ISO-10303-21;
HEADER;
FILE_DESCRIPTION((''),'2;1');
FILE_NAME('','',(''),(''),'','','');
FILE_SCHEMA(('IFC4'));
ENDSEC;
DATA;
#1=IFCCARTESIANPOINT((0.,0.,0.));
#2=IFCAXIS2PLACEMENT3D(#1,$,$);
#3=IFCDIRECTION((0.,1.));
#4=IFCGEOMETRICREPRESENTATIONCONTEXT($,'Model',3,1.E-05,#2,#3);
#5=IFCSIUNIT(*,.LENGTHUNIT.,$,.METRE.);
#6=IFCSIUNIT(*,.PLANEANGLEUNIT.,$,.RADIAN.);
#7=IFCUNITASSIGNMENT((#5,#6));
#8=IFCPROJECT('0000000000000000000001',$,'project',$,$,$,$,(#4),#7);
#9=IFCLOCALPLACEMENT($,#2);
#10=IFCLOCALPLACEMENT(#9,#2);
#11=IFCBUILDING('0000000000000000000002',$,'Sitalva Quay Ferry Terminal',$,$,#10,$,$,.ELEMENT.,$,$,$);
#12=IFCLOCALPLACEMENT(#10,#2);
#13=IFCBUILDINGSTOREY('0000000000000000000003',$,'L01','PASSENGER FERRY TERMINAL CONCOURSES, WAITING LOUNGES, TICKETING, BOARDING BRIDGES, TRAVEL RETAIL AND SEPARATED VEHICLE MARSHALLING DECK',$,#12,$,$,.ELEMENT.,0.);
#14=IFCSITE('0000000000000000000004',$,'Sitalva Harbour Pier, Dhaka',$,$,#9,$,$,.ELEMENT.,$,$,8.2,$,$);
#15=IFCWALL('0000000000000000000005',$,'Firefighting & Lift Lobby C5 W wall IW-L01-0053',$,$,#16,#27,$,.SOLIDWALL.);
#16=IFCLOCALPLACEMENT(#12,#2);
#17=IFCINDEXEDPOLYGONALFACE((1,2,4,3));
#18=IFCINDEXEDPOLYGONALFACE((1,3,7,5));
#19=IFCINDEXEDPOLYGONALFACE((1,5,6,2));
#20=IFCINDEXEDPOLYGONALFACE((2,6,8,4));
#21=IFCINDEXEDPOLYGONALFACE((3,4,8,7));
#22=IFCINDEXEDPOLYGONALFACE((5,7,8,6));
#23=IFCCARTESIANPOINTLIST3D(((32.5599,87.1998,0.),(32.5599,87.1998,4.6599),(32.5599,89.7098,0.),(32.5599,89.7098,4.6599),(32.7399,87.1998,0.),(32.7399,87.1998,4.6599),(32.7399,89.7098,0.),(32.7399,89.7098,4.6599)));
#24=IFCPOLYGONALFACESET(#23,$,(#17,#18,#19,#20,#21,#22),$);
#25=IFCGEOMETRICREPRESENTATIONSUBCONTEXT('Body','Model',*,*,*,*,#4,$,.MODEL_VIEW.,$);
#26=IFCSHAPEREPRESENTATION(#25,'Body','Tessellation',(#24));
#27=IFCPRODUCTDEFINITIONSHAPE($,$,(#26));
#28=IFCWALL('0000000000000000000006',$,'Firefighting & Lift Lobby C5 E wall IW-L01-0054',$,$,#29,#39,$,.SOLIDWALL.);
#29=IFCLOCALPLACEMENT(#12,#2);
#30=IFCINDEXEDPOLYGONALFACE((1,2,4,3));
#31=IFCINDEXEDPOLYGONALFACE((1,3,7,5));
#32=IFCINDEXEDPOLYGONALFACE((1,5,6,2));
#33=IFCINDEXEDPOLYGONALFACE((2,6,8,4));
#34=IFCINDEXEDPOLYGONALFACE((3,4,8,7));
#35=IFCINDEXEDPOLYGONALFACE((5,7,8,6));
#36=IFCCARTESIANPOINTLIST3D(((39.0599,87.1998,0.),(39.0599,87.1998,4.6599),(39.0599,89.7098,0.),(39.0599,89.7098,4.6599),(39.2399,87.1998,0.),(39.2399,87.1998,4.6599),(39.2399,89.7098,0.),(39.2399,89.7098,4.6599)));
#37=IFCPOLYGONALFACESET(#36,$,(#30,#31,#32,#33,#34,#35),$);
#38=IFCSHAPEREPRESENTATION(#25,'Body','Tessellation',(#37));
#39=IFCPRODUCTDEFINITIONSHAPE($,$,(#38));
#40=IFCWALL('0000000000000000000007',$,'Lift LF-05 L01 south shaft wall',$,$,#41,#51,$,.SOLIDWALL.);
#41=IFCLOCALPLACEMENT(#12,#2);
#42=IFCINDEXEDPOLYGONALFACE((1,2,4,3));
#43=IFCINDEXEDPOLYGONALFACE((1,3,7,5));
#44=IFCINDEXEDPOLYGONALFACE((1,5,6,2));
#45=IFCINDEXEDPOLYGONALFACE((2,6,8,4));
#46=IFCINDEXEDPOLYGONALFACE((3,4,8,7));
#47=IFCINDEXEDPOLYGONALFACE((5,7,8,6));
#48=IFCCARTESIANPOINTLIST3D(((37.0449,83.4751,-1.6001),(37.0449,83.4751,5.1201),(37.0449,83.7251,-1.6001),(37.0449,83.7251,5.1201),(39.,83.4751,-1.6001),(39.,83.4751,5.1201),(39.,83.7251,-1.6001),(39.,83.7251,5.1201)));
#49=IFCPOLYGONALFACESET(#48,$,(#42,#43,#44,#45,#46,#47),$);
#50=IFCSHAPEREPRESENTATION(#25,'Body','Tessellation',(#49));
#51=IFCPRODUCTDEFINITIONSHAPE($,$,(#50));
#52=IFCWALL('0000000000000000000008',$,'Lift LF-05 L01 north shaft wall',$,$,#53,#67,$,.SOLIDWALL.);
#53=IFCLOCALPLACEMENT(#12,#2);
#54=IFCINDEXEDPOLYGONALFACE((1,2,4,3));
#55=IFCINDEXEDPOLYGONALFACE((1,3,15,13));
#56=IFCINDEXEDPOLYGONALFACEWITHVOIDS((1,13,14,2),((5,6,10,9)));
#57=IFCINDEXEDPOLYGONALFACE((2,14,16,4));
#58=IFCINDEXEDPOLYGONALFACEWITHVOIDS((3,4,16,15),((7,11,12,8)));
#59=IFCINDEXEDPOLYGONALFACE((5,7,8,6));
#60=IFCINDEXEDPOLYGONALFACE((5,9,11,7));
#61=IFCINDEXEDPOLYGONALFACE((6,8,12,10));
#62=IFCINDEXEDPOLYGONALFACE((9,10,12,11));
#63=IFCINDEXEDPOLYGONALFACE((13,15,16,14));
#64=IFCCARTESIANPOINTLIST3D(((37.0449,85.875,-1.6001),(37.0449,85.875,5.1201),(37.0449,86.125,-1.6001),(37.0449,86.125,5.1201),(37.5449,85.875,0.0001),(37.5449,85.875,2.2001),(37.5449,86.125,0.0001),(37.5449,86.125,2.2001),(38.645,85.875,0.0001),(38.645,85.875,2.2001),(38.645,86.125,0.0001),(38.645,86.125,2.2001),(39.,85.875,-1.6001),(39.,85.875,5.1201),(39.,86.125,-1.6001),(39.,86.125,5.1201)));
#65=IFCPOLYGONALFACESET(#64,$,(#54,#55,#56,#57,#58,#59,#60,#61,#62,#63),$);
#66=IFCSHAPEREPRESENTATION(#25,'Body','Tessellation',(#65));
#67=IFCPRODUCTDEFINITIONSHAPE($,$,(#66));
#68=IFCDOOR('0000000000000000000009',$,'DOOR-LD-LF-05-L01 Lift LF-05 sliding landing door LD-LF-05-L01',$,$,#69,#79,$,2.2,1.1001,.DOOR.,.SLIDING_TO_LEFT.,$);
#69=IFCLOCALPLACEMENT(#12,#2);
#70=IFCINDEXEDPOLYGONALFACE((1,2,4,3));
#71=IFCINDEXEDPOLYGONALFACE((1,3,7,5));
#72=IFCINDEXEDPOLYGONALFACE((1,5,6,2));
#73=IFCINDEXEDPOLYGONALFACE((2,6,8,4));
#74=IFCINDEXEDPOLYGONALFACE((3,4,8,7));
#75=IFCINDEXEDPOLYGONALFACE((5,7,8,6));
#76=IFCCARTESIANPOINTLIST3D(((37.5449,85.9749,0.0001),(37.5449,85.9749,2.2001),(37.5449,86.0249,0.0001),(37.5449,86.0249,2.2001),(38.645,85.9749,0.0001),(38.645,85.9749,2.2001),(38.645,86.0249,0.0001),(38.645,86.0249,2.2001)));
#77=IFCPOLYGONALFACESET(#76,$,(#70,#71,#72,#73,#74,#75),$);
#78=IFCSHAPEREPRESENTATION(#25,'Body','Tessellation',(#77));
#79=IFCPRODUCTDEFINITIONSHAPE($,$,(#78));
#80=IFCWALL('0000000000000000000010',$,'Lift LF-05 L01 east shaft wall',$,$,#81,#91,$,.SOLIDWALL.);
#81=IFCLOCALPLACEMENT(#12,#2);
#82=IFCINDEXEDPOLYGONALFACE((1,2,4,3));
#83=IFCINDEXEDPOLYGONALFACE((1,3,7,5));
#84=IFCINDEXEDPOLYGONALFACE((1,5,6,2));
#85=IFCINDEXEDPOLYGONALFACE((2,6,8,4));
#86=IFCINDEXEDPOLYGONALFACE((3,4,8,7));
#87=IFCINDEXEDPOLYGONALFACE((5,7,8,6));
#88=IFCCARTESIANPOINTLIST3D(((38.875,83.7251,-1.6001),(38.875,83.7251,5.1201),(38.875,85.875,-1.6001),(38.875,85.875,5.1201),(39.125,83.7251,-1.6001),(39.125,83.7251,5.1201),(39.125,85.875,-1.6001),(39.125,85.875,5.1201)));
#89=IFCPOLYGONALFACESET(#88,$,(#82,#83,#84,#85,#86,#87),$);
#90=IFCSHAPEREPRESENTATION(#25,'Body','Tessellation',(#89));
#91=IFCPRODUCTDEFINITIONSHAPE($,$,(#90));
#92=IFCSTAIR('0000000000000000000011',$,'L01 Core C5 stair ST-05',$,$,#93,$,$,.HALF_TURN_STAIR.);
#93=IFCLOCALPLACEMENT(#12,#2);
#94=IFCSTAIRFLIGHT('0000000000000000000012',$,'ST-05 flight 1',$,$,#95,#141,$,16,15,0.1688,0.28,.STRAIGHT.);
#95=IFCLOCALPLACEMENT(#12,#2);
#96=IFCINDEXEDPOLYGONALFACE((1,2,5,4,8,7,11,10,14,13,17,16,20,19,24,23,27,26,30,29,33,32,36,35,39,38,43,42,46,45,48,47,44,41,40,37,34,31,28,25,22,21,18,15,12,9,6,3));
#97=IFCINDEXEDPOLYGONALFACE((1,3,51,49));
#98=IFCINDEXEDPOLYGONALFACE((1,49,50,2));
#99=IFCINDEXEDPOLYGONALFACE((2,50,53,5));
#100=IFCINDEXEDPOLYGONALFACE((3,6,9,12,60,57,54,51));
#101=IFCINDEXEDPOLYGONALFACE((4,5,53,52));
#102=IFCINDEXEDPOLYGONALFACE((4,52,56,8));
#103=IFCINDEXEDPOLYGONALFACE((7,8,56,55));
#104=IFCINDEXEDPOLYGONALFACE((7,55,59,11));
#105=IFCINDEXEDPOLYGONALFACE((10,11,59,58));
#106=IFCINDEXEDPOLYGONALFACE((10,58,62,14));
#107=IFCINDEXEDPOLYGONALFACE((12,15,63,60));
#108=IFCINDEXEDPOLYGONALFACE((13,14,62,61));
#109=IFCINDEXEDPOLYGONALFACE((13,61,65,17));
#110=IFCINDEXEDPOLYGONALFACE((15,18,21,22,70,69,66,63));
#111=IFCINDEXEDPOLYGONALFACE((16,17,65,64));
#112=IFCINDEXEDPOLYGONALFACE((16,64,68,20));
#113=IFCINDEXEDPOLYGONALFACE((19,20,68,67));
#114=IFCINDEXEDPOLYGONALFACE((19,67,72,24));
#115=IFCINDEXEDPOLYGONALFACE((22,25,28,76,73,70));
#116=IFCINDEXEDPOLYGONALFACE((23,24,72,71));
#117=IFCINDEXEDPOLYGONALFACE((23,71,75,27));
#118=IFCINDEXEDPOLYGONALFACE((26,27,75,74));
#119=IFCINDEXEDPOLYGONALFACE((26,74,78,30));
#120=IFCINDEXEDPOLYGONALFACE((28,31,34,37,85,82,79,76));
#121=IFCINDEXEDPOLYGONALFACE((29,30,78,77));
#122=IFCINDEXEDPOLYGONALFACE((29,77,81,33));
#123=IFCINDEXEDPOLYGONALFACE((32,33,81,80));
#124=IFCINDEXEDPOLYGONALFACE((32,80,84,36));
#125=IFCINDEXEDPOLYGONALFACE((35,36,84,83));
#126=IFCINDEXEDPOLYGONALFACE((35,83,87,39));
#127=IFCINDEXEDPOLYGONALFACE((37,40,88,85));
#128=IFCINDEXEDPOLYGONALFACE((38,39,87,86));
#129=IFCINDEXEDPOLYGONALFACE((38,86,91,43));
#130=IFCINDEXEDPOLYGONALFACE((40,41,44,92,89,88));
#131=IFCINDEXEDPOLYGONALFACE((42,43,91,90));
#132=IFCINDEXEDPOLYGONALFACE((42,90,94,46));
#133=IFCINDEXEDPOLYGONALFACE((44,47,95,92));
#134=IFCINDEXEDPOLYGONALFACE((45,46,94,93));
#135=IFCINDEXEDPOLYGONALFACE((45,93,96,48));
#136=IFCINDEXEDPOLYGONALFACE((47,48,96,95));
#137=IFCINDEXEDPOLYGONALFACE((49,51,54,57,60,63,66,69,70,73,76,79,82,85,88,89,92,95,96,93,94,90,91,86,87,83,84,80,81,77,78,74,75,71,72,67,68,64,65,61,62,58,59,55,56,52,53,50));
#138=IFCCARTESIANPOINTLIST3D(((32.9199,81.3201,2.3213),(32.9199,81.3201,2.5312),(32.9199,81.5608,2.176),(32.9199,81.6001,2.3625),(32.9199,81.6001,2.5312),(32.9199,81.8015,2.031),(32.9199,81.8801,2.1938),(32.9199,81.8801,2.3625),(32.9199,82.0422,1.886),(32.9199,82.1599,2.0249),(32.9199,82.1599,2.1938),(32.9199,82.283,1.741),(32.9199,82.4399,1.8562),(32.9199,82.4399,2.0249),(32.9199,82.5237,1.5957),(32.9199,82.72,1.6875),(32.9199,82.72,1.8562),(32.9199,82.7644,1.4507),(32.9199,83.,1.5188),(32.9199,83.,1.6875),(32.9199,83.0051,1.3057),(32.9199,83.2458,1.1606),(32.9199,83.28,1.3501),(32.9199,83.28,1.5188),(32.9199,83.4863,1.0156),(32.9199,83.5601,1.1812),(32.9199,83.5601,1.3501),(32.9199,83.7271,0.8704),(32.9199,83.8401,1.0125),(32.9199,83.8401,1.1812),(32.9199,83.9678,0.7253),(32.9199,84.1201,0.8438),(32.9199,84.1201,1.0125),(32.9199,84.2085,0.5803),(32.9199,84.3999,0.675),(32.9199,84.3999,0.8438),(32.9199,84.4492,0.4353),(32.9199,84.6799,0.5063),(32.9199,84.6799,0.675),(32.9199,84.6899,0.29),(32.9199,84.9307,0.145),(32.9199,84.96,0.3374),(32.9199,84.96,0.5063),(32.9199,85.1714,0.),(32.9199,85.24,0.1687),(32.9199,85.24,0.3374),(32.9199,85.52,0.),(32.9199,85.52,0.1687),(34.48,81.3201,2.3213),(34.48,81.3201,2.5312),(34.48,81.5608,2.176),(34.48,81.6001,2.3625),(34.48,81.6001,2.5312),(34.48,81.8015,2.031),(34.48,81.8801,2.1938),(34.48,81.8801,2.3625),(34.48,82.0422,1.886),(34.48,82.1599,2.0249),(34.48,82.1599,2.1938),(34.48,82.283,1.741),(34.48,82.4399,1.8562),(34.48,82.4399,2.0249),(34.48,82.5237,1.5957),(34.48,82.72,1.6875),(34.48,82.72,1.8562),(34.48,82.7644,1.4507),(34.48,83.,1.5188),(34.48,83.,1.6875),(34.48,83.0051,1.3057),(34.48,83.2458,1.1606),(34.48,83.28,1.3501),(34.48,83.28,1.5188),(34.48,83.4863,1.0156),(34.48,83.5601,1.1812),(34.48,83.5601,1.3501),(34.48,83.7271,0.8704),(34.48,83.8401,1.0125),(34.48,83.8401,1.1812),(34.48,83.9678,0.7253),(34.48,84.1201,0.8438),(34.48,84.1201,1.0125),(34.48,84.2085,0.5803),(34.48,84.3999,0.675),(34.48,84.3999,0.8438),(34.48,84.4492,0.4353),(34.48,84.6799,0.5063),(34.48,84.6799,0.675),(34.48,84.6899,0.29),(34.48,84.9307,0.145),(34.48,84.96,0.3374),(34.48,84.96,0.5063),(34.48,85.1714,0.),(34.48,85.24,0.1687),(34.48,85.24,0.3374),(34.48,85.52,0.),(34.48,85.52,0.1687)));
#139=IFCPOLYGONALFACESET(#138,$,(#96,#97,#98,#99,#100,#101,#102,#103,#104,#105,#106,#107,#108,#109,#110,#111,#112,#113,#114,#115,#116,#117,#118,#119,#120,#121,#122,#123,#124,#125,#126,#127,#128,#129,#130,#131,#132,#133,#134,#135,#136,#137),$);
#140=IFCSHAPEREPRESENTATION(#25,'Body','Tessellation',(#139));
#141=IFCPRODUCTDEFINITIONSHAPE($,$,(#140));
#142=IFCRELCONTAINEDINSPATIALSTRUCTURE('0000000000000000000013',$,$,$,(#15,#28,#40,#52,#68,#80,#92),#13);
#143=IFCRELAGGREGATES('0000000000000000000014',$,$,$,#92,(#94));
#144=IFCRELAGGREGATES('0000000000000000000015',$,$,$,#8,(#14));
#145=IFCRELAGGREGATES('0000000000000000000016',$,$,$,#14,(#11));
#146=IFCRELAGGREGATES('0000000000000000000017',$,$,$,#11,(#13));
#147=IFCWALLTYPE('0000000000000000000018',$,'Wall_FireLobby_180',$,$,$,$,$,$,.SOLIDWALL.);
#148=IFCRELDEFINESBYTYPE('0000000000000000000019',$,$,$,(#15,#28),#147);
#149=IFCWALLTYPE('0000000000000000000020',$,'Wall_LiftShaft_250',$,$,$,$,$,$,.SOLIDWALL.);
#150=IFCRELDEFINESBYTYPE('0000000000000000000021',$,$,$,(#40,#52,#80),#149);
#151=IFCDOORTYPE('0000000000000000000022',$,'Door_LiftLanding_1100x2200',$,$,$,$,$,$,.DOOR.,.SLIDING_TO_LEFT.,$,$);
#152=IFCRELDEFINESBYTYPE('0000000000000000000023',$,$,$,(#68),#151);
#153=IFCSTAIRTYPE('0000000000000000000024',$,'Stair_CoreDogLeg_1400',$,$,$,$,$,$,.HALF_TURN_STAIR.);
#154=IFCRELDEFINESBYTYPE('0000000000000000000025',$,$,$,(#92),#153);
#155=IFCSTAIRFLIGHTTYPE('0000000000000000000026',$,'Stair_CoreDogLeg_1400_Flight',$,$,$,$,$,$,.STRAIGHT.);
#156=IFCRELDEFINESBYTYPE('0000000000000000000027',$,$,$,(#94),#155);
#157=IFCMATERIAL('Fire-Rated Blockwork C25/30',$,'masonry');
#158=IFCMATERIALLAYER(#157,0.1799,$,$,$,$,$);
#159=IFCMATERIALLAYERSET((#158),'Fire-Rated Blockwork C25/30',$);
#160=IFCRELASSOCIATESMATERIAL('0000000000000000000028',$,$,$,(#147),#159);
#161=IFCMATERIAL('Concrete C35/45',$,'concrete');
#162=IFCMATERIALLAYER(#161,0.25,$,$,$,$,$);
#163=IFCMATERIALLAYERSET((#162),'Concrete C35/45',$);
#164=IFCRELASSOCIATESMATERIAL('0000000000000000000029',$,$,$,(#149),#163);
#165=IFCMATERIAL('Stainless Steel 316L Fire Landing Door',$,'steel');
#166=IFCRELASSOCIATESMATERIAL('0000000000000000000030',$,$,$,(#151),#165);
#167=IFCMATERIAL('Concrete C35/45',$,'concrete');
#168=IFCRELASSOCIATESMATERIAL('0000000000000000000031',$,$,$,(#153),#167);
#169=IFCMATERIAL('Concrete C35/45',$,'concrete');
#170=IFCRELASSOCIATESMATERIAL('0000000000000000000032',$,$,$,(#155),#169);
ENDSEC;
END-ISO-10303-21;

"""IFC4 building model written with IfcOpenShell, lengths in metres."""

from ifc_helpers import new_model, si_unit, direction, frame, frame_2d, origin, place, context, subcontext, project, spatial, polyline, rectangle, outline, extrude, material, layer, layer_set, type_object, element, fill, aggregate, save


model = new_model("IFC4")

# Units and contexts
model_context = context("Model", 3, precision=1e-05, world=origin(), true_north=direction((0.0, 1.0)))
body_context = subcontext(model_context, "Body", "Model", "MODEL_VIEW")
ifc_project = project(units=[si_unit("LENGTHUNIT", "METRE"), si_unit("PLANEANGLEUNIT", "RADIAN")], contexts=[model_context])

# Site, building, storey
site_placement = place(None, origin())
site = spatial("IfcSite", under=ifc_project, at=site_placement, Name="Sitalva Harbour Pier, Dhaka", CompositionType="ELEMENT", RefElevation=8.2)
building_placement = place(site_placement, origin())
building = spatial("IfcBuilding", under=site, at=building_placement, Name="Sitalva Quay Ferry Terminal", CompositionType="ELEMENT")
storey_placement = place(building_placement, origin())
storey = spatial("IfcBuildingStorey", under=building, at=storey_placement, Name="L01", Description="PASSENGER FERRY TERMINAL CONCOURSES, WAITING LOUNGES, TICKETING, BOARDING BRIDGES, TRAVEL RETAIL AND SEPARATED VEHICLE MARSHALLING DECK", CompositionType="ELEMENT", Elevation=0.0)

# Walls
ifc_material_1 = material(Name="Fire-Rated Blockwork C25/30", Category="masonry")
ifc_layer_1 = layer(ifc_material_1, 0.1799)
ifc_layer_set_1 = layer_set([ifc_layer_1], Name="Fire-Rated Blockwork C25/30")
wall_type_1 = type_object("IfcWallType", Name="Wall_FireLobby_180", PredefinedType="SOLIDWALL", material=ifc_layer_set_1)
for number, where, z_axis, x_axis, name in (
    (1, (32.6499, 87.2, 0.0), (0.0, 0.0, 1.0), (0.0, 1.0, 0.0), "Firefighting & Lift Lobby C5 W wall IW-L01-0053"),
    (2, (39.1499, 87.2, 0.0), (0.0, 0.0, 1.0), (0.0, 1.0, 0.0), "Firefighting & Lift Lobby C5 E wall IW-L01-0054"),
):
    element("IfcWall", number, at=place(storey_placement, frame(where, z_axis=z_axis, x_axis=x_axis)), inside=storey, type_object=wall_type_1, Name=name, PredefinedType="SOLIDWALL", context=body_context, shape_type="SweptSolid", body=[
        extrude(rectangle(XDim=2.51, YDim=0.1799, at=frame_2d((1.2549, 0.0))), origin(), (0.0, 0.0, 1.0), 4.6599),
    ])
ifc_material_2 = material(Name="Concrete C35/45", Category="concrete")
ifc_layer_2 = layer(ifc_material_2, 0.25)
ifc_layer_set_2 = layer_set([ifc_layer_2], Name="Concrete C35/45")
wall_type_2 = type_object("IfcWallType", Name="Wall_LiftShaft_250", PredefinedType="SOLIDWALL", material=ifc_layer_set_2)
wall_1_placement = place(storey_placement, frame((37.0449, 83.6001, -1.6001), z_axis=(0.0, 0.0, 1.0), x_axis=(1.0, 0.0, 0.0)))
element("IfcWall", 3, at=wall_1_placement, inside=storey, type_object=wall_type_2, Name="Lift LF-05 L01 south shaft wall", PredefinedType="SOLIDWALL", context=body_context, shape_type="SweptSolid", body=[
    extrude(rectangle(XDim=1.9551, YDim=0.25, at=frame_2d((0.9775, 0.0))), origin(), (0.0, 0.0, 1.0), 6.7202),
])

# Wall, opening, door
wall_2_placement = place(storey_placement, frame((37.0449, 86.0, -1.6001), z_axis=(0.0, 0.0, 1.0), x_axis=(1.0, 0.0, 0.0)))
wall_2 = element("IfcWall", 4, at=wall_2_placement, inside=storey, type_object=wall_type_2, Name="Lift LF-05 L01 north shaft wall", PredefinedType="SOLIDWALL", context=body_context, shape_type="SweptSolid", body=[
    extrude(rectangle(XDim=1.9551, YDim=0.25, at=frame_2d((0.9775, 0.0))), origin(), (0.0, 0.0, 1.0), 6.7202),
])
opening_1_placement = place(wall_2_placement, frame((0.5, 0.0, 1.6001)))
opening_1 = element("IfcOpeningElement", 5, at=opening_1_placement, cuts=wall_2, PredefinedType="OPENING", context=body_context, shape_type="SweptSolid", body=[
    extrude(rectangle(XDim=1.1001, YDim=2.2, at=frame_2d((0.55, 1.1001))), frame((0.0, 0.135, 0.0), z_axis=(0.0, -1.0, 0.0), x_axis=(1.0, 0.0, 0.0)), (0.0, 0.0, 1.0), 0.27),
])
ifc_material_3 = material(Name="Stainless Steel 316L Fire Landing Door", Category="steel")
door_type_1 = type_object("IfcDoorType", Name="Door_LiftLanding_1100x2200", OperationType="SLIDING_TO_LEFT", PredefinedType="DOOR", material=ifc_material_3)
door_1_placement = place(opening_1_placement, origin())
door_1 = element("IfcDoor", 6, at=door_1_placement, inside=storey, type_object=door_type_1, Name="DOOR-LD-LF-05-L01 Lift LF-05 sliding landing door LD-LF-05-L01", OperationType="SLIDING_TO_LEFT", OverallHeight=2.2, OverallWidth=1.1001, PredefinedType="DOOR", context=body_context, shape_type="SweptSolid", body=[
    extrude(rectangle(XDim=1.1001, YDim=2.2, at=frame_2d((0.55, 1.1001))), frame((0.0, 0.0249, 0.0), z_axis=(0.0, -1.0, 0.0), x_axis=(1.0, 0.0, 0.0)), (0.0, 0.0, 1.0), 0.05),
])
fill(opening_1, door_1)

# Wall
wall_3_placement = place(storey_placement, frame((39.0, 83.7251, -1.6001), z_axis=(0.0, 0.0, 1.0), x_axis=(0.0, 1.0, 0.0)))
element("IfcWall", 7, at=wall_3_placement, inside=storey, type_object=wall_type_2, Name="Lift LF-05 L01 east shaft wall", PredefinedType="SOLIDWALL", context=body_context, shape_type="SweptSolid", body=[
    extrude(rectangle(XDim=2.1499, YDim=0.25, at=frame_2d((1.075, 0.0))), origin(), (0.0, 0.0, 1.0), 6.7202),
])

# Stair, stair flight
ifc_material_4 = material(Name="Concrete C35/45", Category="concrete")
stair_type = type_object("IfcStairType", Name="Stair_CoreDogLeg_1400", PredefinedType="HALF_TURN_STAIR", material=ifc_material_4)
stair_placement = place(storey_placement, origin())
stair = element("IfcStair", 8, at=stair_placement, inside=storey, type_object=stair_type, Name="L01 Core C5 stair ST-05", PredefinedType="HALF_TURN_STAIR")
ifc_material_5 = material(Name="Concrete C35/45", Category="concrete")
stair_flight_type = type_object("IfcStairFlightType", Name="Stair_CoreDogLeg_1400_Flight", PredefinedType="STRAIGHT", material=ifc_material_5)
stair_flight_1_placement = place(storey_placement, frame((33.7, 85.52, 0.0), z_axis=(0.0, 0.0, 1.0), x_axis=(0.0, -1.0, 0.0)))
stair_flight_1 = element("IfcStairFlight", 9, at=stair_flight_1_placement, type_object=stair_flight_type, Name="ST-05 flight 1", NumberOfRisers=16, NumberOfTreads=15, PredefinedType="STRAIGHT", RiserHeight=0.1688, TreadLength=0.28, context=body_context, shape_type="SweptSolid", body=[
    extrude(outline(polyline([(0.0, 0.0), (0.0, 0.1687), (0.28, 0.1687), (0.28, 0.3374), (0.5601, 0.3374), (0.5601, 0.5063), (0.8401, 0.5063), (0.8401, 0.675), (1.1201, 0.675), (1.1201, 0.8438), (1.3999, 0.8438), (1.3999, 1.0125), (1.6799, 1.0125), (1.6799, 1.1812), (1.96, 1.1812), (1.96, 1.3501), (2.24, 1.3501), (2.24, 1.5188), (2.52, 1.5188), (2.52, 1.6875), (2.8, 1.6875), (2.8, 1.8562), (3.0801, 1.8562), (3.0801, 2.0249), (3.3601, 2.0249), (3.3601, 2.1938), (3.6399, 2.1938), (3.6399, 2.3625), (3.9199, 2.3625), (3.9199, 2.5312), (4.2, 2.5312), (4.2, 2.7), (4.2, 2.3213), (3.9592, 2.176), (3.7185, 2.031), (3.4778, 1.886), (3.2371, 1.741), (2.9963, 1.5957), (2.7556, 1.4507), (2.5149, 1.3057), (2.2742, 1.1606), (2.0337, 1.0156), (1.793, 0.8704), (1.5522, 0.7253), (1.3115, 0.5803), (1.0708, 0.4353), (0.8301, 0.29), (0.5894, 0.145), (0.3486, 0.0), (0.0, 0.0)])), frame((0.0, 0.78, 0.0), z_axis=(0.0, -1.0, 0.0), x_axis=(1.0, 0.0, 0.0)), (0.0, 0.0, 1.0), 1.5601),
])
aggregate(stair, [stair_flight_1])

save(model, "model.ifc")
